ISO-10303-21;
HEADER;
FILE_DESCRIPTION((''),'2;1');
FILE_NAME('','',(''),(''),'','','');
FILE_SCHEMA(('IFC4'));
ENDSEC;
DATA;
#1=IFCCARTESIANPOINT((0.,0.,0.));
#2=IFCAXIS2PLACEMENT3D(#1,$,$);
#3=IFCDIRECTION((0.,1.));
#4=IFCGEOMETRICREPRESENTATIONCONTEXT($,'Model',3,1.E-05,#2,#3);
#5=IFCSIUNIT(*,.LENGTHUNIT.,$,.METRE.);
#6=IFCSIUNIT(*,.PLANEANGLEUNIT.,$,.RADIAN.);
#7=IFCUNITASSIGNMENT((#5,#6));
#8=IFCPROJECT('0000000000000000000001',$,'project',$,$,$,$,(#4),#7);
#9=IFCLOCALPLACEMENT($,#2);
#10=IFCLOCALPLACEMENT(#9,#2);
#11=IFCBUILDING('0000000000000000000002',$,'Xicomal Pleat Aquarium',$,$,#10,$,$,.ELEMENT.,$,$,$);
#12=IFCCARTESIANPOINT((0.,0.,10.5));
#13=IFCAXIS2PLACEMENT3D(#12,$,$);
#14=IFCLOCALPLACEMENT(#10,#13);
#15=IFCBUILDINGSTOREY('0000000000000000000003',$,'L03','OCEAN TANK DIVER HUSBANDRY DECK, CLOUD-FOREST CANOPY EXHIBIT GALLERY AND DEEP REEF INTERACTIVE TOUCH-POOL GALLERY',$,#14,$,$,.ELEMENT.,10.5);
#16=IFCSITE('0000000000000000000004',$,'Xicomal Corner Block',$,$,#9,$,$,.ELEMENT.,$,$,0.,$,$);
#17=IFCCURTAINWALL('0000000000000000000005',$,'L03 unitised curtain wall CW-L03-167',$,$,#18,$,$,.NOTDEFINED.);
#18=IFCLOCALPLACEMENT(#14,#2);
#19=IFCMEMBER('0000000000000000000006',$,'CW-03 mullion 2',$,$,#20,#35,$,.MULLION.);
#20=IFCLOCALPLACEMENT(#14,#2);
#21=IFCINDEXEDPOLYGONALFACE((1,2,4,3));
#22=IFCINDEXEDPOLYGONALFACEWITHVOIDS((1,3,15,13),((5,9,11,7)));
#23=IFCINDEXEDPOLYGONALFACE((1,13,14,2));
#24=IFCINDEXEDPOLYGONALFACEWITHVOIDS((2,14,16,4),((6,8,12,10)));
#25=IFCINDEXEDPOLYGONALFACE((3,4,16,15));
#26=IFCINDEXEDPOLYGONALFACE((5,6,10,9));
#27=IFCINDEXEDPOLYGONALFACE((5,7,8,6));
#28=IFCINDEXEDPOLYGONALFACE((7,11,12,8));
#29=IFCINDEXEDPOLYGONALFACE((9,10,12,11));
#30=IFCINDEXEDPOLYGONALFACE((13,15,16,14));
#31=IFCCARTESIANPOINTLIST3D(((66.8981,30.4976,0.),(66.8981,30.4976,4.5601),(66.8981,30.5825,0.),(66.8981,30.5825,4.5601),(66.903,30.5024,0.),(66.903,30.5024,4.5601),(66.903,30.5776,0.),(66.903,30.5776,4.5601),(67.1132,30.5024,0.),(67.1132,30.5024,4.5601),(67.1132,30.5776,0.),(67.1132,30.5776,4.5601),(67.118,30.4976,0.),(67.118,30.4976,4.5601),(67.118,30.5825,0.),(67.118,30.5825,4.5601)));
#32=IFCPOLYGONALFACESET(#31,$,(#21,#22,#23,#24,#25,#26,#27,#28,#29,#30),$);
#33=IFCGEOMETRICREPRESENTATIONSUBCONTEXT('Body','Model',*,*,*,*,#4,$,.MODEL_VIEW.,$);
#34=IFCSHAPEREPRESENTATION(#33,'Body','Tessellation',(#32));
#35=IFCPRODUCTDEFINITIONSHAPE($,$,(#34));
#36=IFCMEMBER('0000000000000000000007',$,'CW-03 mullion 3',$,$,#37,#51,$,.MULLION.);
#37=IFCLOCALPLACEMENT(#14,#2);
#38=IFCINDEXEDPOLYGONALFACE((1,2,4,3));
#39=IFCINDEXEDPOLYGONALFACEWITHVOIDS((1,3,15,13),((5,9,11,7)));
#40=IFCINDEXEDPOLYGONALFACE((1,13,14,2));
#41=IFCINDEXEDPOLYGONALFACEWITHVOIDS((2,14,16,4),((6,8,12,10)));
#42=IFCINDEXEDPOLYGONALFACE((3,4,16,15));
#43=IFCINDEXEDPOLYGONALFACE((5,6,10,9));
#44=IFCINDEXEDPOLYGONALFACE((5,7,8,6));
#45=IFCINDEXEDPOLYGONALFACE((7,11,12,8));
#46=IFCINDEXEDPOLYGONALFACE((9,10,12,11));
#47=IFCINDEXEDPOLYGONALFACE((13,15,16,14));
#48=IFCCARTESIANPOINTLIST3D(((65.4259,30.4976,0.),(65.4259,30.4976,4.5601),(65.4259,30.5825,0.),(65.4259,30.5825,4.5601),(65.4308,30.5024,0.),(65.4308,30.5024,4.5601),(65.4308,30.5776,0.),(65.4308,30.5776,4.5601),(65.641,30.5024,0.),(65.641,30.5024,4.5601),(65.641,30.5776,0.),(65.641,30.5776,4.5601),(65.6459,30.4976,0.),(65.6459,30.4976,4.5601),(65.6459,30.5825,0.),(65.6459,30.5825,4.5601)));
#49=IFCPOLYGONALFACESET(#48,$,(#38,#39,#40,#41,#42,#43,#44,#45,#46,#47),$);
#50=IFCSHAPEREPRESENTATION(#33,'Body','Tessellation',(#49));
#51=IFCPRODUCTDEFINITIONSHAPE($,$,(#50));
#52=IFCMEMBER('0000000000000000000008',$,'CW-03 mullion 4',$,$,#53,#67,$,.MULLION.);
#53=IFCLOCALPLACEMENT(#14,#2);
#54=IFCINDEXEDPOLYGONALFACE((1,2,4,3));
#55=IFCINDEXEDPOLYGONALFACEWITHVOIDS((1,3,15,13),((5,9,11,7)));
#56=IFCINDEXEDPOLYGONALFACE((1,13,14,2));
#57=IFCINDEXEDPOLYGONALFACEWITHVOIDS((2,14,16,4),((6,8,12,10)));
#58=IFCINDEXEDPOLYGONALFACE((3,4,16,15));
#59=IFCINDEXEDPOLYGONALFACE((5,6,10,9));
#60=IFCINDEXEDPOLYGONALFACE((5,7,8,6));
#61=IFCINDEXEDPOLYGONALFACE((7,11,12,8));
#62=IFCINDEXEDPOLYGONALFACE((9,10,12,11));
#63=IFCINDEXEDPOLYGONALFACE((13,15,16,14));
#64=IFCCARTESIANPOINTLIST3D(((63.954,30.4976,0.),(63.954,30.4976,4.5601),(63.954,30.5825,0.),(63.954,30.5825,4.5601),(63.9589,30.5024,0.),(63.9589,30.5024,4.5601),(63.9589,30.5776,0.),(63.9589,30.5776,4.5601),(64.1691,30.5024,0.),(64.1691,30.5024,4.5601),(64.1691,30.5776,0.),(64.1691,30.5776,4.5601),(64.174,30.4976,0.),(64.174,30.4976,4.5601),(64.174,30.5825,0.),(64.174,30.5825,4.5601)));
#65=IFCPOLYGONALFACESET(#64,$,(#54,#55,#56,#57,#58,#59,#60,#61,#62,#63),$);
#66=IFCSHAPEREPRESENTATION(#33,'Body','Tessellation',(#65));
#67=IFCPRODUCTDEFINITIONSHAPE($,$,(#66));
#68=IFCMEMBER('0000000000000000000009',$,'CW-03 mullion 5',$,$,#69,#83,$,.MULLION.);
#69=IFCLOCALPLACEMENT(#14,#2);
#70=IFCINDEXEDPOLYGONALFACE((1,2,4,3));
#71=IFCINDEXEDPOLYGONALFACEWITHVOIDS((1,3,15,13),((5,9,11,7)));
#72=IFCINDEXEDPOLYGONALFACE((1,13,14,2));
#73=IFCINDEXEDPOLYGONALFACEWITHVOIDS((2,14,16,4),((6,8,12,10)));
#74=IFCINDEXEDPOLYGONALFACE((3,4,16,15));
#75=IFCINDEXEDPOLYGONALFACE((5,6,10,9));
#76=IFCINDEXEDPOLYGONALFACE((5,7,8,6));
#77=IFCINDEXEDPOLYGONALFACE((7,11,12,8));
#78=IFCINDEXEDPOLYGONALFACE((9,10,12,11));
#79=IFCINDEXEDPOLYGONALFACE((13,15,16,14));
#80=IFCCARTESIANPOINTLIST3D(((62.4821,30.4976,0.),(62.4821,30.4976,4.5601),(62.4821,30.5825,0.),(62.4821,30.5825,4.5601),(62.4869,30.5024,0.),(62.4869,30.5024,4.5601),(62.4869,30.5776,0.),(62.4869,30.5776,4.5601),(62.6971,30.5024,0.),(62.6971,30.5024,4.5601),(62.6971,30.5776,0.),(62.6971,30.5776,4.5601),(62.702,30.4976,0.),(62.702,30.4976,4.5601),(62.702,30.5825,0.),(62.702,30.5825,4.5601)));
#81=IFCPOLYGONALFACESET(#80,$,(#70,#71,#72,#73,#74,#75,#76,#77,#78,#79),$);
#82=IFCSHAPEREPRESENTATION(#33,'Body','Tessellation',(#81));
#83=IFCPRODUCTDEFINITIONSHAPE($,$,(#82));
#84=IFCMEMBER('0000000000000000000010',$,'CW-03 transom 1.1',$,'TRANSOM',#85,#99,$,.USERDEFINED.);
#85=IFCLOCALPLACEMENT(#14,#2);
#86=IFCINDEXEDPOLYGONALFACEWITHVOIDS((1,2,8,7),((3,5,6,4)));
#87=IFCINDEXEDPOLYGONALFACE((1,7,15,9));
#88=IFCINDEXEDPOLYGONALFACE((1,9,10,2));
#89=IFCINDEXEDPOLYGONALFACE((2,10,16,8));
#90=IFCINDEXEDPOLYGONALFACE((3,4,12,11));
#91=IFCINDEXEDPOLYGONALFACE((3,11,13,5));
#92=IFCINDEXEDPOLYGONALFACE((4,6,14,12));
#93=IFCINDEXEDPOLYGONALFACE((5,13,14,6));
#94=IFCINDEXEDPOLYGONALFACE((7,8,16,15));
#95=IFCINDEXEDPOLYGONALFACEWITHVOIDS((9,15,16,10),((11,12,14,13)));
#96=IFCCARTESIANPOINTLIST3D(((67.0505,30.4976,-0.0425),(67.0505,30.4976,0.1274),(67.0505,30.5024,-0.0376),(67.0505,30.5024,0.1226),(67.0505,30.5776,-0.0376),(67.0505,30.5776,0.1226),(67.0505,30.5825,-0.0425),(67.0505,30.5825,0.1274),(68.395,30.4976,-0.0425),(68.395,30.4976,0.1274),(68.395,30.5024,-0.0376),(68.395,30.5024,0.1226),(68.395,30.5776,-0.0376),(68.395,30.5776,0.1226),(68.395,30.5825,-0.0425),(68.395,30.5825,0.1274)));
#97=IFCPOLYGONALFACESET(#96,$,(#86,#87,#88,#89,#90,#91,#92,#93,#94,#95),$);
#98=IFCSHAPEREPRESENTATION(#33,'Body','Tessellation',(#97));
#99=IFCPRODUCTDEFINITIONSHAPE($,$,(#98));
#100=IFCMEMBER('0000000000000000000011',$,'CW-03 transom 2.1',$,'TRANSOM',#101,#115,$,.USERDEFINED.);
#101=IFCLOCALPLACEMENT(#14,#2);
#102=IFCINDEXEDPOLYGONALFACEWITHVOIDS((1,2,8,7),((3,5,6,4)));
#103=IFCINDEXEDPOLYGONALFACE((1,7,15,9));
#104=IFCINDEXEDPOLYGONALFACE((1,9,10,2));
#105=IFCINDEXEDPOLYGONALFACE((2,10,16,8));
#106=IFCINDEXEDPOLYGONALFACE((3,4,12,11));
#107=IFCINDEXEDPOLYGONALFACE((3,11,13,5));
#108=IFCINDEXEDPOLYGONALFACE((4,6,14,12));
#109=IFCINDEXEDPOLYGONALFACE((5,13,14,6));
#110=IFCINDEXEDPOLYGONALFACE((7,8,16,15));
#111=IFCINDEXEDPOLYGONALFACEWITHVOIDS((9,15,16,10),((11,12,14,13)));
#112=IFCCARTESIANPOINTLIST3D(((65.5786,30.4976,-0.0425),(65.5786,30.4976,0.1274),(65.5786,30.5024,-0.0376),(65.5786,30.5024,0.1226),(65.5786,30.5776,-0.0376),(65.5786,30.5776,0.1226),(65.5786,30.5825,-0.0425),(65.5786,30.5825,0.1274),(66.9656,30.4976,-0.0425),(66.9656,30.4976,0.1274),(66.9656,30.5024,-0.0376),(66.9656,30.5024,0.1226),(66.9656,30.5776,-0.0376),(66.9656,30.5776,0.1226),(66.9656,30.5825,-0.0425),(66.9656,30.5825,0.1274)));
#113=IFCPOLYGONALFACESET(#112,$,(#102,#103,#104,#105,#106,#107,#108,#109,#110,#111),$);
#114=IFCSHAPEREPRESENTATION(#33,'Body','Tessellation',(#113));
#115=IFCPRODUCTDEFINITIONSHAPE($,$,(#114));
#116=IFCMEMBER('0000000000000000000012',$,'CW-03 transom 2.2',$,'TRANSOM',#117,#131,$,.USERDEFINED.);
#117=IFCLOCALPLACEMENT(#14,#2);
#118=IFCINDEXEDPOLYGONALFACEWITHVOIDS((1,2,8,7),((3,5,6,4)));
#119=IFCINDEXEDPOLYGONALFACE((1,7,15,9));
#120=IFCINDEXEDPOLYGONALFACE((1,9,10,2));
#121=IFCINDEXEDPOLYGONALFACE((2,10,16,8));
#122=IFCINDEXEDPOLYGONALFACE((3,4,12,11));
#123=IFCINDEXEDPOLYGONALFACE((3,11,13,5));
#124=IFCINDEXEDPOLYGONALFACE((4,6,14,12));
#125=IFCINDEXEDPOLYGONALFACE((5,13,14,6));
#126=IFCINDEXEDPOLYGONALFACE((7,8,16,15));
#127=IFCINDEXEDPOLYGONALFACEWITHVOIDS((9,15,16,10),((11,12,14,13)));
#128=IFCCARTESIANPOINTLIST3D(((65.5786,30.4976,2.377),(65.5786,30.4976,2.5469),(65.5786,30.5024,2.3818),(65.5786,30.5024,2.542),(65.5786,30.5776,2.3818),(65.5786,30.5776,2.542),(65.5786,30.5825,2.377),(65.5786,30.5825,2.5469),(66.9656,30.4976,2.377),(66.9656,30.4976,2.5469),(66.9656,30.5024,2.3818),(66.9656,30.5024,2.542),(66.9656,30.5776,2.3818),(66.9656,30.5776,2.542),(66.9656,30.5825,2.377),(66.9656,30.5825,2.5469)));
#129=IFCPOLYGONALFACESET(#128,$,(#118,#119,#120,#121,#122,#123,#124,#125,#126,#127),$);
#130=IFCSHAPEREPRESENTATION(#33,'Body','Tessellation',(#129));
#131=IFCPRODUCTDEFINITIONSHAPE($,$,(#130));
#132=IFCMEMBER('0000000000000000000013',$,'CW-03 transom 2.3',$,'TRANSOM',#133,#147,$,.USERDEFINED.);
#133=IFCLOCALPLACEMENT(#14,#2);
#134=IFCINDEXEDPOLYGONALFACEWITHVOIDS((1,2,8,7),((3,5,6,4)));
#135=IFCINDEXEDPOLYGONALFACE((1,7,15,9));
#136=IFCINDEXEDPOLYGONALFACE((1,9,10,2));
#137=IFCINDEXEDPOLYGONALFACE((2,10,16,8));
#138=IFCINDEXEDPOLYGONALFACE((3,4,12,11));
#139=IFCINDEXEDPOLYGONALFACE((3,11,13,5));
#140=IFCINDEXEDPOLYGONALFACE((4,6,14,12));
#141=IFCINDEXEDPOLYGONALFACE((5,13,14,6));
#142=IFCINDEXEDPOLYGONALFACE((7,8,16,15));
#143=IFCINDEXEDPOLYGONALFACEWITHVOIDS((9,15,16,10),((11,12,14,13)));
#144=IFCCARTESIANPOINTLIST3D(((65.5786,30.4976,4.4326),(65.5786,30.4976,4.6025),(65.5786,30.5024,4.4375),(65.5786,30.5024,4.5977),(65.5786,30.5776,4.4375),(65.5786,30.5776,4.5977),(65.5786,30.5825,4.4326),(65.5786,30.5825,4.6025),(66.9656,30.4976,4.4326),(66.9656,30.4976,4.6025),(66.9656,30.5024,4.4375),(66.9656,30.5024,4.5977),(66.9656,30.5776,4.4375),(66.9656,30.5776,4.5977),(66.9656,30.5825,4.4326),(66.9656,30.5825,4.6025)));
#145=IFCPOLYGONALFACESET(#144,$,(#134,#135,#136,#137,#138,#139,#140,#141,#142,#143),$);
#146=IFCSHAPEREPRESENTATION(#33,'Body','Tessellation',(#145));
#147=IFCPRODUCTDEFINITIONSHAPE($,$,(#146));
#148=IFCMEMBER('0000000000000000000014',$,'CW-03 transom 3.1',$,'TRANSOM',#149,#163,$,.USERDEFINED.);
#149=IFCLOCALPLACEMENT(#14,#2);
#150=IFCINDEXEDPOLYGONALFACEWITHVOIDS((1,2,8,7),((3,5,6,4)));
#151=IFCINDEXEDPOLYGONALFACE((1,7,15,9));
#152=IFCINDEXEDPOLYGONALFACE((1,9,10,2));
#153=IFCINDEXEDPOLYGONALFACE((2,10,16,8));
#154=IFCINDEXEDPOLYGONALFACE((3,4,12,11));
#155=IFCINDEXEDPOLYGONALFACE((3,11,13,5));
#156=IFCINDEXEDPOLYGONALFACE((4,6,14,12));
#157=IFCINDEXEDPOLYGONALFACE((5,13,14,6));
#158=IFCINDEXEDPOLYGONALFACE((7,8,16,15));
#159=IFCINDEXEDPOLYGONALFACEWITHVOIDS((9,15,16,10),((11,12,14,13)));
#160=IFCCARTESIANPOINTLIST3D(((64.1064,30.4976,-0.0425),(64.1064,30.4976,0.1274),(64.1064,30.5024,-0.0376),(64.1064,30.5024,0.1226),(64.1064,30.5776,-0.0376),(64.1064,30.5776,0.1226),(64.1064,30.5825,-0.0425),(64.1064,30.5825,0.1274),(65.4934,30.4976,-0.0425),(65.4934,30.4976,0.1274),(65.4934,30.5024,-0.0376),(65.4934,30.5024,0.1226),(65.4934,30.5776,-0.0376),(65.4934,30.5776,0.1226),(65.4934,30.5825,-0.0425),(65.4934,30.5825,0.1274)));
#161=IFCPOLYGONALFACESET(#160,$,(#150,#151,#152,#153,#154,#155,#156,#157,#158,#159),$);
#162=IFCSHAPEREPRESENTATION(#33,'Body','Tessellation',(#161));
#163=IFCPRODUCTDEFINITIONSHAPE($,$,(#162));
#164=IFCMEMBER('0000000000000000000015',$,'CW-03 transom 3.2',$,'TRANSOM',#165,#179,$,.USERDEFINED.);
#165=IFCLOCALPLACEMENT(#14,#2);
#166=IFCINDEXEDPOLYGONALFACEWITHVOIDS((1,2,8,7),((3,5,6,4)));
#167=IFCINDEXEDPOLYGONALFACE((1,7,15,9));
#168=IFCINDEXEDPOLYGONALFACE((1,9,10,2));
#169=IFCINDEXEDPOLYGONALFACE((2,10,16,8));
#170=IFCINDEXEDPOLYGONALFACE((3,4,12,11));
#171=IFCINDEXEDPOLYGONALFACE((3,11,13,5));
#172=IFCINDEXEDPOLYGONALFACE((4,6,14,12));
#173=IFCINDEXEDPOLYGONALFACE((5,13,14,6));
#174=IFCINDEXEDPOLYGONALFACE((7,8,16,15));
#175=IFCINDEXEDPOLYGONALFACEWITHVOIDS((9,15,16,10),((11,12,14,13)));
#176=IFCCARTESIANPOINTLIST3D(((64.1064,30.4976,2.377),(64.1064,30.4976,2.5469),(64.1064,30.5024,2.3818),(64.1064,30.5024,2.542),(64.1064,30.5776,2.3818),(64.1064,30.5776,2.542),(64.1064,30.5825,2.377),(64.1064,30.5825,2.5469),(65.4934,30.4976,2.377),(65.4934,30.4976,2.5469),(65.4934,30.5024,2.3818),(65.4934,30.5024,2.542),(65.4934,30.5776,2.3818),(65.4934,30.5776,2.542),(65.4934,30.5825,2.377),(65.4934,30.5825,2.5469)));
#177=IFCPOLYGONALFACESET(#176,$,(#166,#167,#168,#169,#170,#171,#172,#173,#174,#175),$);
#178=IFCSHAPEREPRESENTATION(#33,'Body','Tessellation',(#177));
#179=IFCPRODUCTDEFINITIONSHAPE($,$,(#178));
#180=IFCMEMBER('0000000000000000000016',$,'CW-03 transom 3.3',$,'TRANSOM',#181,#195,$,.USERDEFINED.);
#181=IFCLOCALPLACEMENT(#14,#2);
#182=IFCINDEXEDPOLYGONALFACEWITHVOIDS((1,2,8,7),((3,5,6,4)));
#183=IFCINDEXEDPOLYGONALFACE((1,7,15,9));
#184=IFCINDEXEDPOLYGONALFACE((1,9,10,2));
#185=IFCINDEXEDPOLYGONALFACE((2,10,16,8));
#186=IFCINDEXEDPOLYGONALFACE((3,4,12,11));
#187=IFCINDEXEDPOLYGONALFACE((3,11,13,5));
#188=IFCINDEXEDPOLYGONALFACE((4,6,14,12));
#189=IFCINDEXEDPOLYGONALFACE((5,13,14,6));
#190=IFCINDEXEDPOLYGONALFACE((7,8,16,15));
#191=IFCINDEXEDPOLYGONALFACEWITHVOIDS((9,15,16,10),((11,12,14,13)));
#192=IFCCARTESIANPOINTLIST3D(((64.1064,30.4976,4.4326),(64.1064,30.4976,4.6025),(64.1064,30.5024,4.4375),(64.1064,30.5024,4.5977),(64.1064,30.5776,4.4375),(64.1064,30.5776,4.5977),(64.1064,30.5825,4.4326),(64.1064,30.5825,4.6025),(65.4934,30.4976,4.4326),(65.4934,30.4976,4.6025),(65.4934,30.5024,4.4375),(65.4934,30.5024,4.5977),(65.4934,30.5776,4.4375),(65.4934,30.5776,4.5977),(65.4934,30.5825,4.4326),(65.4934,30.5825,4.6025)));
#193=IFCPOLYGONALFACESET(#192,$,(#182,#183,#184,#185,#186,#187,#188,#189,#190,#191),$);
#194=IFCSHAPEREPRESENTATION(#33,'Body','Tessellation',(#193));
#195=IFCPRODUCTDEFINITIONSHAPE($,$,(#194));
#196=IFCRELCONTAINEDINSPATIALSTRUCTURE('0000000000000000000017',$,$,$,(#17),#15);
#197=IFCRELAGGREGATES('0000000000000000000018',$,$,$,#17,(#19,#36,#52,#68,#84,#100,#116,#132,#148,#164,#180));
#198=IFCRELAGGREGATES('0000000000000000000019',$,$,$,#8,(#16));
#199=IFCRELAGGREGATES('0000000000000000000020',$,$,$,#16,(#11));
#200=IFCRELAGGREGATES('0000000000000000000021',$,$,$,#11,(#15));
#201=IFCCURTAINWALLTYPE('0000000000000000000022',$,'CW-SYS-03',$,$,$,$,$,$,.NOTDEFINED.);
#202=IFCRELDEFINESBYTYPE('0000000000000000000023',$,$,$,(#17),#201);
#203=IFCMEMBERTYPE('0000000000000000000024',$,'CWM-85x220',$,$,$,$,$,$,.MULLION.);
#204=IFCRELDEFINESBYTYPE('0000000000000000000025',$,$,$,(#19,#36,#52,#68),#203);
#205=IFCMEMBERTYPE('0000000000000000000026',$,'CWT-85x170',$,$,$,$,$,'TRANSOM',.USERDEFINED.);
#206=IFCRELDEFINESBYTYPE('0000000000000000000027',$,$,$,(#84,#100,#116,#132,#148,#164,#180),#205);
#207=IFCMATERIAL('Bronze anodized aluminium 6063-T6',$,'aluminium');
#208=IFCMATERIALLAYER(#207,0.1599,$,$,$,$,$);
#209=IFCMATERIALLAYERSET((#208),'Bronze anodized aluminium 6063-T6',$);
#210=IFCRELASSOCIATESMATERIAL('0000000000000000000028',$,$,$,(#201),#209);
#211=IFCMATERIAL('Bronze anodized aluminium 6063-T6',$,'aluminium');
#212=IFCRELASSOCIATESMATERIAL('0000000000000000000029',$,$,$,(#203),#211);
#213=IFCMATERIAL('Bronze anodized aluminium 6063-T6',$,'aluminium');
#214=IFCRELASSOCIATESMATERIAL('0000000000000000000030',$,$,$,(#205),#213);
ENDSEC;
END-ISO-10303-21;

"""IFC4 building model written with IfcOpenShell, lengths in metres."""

from ifc_helpers import new_model, si_unit, direction, frame, origin, origin_2d, place, context, subcontext, project, spatial, hollow_rectangle, extrude, material, layer, layer_set, material_profile, profile_set, type_object, element, aggregate, save


model = new_model("IFC4")

# Units and contexts
model_context = context("Model", 3, precision=1e-05, world=origin(), true_north=direction((0.0, 1.0)))
body_context = subcontext(model_context, "Body", "Model", "MODEL_VIEW")
ifc_project = project(units=[si_unit("LENGTHUNIT", "METRE"), si_unit("PLANEANGLEUNIT", "RADIAN")], contexts=[model_context])

# Site, building, storey
site_placement = place(None, origin())
site = spatial("IfcSite", under=ifc_project, at=site_placement, Name="Xicomal Corner Block", CompositionType="ELEMENT", RefElevation=0.0)
building_placement = place(site_placement, origin())
building = spatial("IfcBuilding", under=site, at=building_placement, Name="Xicomal Pleat Aquarium", CompositionType="ELEMENT")
storey_placement = place(building_placement, frame((0.0, 0.0, 10.5)))
storey = spatial("IfcBuildingStorey", under=building, at=storey_placement, Name="L03", Description="OCEAN TANK DIVER HUSBANDRY DECK, CLOUD-FOREST CANOPY EXHIBIT GALLERY AND DEEP REEF INTERACTIVE TOUCH-POOL GALLERY", CompositionType="ELEMENT", Elevation=10.5)

# Curtain wall, members
ifc_material_1 = material(Name="Bronze anodized aluminium 6063-T6", Category="aluminium")
ifc_layer_1 = layer(ifc_material_1, 0.1599)
ifc_layer_set_1 = layer_set([ifc_layer_1], Name="Bronze anodized aluminium 6063-T6")
curtain_wall_type = type_object("IfcCurtainWallType", Name="CW-SYS-03", PredefinedType="NOTDEFINED", material=ifc_layer_set_1)
curtain_wall_placement = place(storey_placement, origin())
curtain_wall = element("IfcCurtainWall", 1, at=curtain_wall_placement, inside=storey, type_object=curtain_wall_type, Name="L03 unitised curtain wall CW-L03-167", PredefinedType="NOTDEFINED")
ifc_material_2 = material(Name="Bronze anodized aluminium 6063-T6", Category="aluminium")
ifc_material_profile_1 = material_profile(ifc_material_2, hollow_rectangle(XDim=0.085, YDim=0.22, WallThickness=0.0049, at=origin_2d()), Name="ALU MULL 85x220")
ifc_profile_set_1 = profile_set([ifc_material_profile_1], Name="Bronze anodized aluminium 6063-T6")
member_type_1 = type_object("IfcMemberType", Name="CWM-85x220", PredefinedType="MULLION", material=ifc_profile_set_1)
member_1_placement = place(storey_placement, frame((67.0081, 30.54, 0.0), z_axis=(0.0, 0.0, 1.0), x_axis=(0.0, -1.0, 0.0)))
member_1 = element("IfcMember", 2, at=member_1_placement, type_object=member_type_1, Name="CW-03 mullion 2", PredefinedType="MULLION", context=body_context, shape_type="SweptSolid", body=[
    extrude(hollow_rectangle(XDim=0.085, YDim=0.22, WallThickness=0.0049, at=origin_2d()), origin(), (0.0, 0.0, 1.0), 4.5601),
])
member_2_placement = place(storey_placement, frame((65.5359, 30.54, 0.0), z_axis=(0.0, 0.0, 1.0), x_axis=(0.0, -1.0, 0.0)))
member_2 = element("IfcMember", 3, at=member_2_placement, type_object=member_type_1, Name="CW-03 mullion 3", PredefinedType="MULLION", context=body_context, shape_type="SweptSolid", body=[
    extrude(hollow_rectangle(XDim=0.085, YDim=0.22, WallThickness=0.0049, at=origin_2d()), origin(), (0.0, 0.0, 1.0), 4.5601),
])
member_3_placement = place(storey_placement, frame((64.064, 30.54, 0.0), z_axis=(0.0, 0.0, 1.0), x_axis=(0.0, -1.0, 0.0)))
member_3 = element("IfcMember", 4, at=member_3_placement, type_object=member_type_1, Name="CW-03 mullion 4", PredefinedType="MULLION", context=body_context, shape_type="SweptSolid", body=[
    extrude(hollow_rectangle(XDim=0.085, YDim=0.22, WallThickness=0.0049, at=origin_2d()), origin(), (0.0, 0.0, 1.0), 4.5601),
])
member_4_placement = place(storey_placement, frame((62.592, 30.54, 0.0), z_axis=(0.0, 0.0, 1.0), x_axis=(0.0, -1.0, 0.0)))
member_4 = element("IfcMember", 5, at=member_4_placement, type_object=member_type_1, Name="CW-03 mullion 5", PredefinedType="MULLION", context=body_context, shape_type="SweptSolid", body=[
    extrude(hollow_rectangle(XDim=0.085, YDim=0.22, WallThickness=0.0049, at=origin_2d()), origin(), (0.0, 0.0, 1.0), 4.5601),
])
ifc_material_3 = material(Name="Bronze anodized aluminium 6063-T6", Category="aluminium")
ifc_material_profile_2 = material_profile(ifc_material_3, hollow_rectangle(XDim=0.085, YDim=0.1699, WallThickness=0.0049, at=origin_2d()), Name="ALU TRAN 85x170")
ifc_profile_set_2 = profile_set([ifc_material_profile_2], Name="Bronze anodized aluminium 6063-T6")
member_type_2 = type_object("IfcMemberType", Name="CWT-85x170", ElementType="TRANSOM", PredefinedType="USERDEFINED", material=ifc_profile_set_2)
member_5_placement = place(storey_placement, frame((68.395, 30.54, 0.0425), z_axis=(-1.0, 0.0, 0.0), x_axis=(0.0, -1.0, 0.0)))
member_5 = element("IfcMember", 6, at=member_5_placement, type_object=member_type_2, Name="CW-03 transom 1.1", ObjectType="TRANSOM", PredefinedType="USERDEFINED", context=body_context, shape_type="SweptSolid", body=[
    extrude(hollow_rectangle(XDim=0.085, YDim=0.1699, WallThickness=0.0049, at=origin_2d()), origin(), (0.0, 0.0, 1.0), 1.3445),
])
member_6_placement = place(storey_placement, frame((66.9656, 30.54, 0.0425), z_axis=(-1.0, 0.0, 0.0), x_axis=(0.0, -1.0, 0.0)))
member_6 = element("IfcMember", 7, at=member_6_placement, type_object=member_type_2, Name="CW-03 transom 2.1", ObjectType="TRANSOM", PredefinedType="USERDEFINED", context=body_context, shape_type="SweptSolid", body=[
    extrude(hollow_rectangle(XDim=0.085, YDim=0.1699, WallThickness=0.0049, at=origin_2d()), origin(), (0.0, 0.0, 1.0), 1.387),
])
member_7_placement = place(storey_placement, frame((66.9656, 30.54, 2.4619), z_axis=(-1.0, 0.0, 0.0), x_axis=(0.0, -1.0, 0.0)))
member_7 = element("IfcMember", 8, at=member_7_placement, type_object=member_type_2, Name="CW-03 transom 2.2", ObjectType="TRANSOM", PredefinedType="USERDEFINED", context=body_context, shape_type="SweptSolid", body=[
    extrude(hollow_rectangle(XDim=0.085, YDim=0.1699, WallThickness=0.0049, at=origin_2d()), origin(), (0.0, 0.0, 1.0), 1.387),
])
member_8_placement = place(storey_placement, frame((66.9656, 30.54, 4.5176), z_axis=(-1.0, 0.0, 0.0), x_axis=(0.0, -1.0, 0.0)))
member_8 = element("IfcMember", 9, at=member_8_placement, type_object=member_type_2, Name="CW-03 transom 2.3", ObjectType="TRANSOM", PredefinedType="USERDEFINED", context=body_context, shape_type="SweptSolid", body=[
    extrude(hollow_rectangle(XDim=0.085, YDim=0.1699, WallThickness=0.0049, at=origin_2d()), origin(), (0.0, 0.0, 1.0), 1.387),
])
member_9_placement = place(storey_placement, frame((65.4934, 30.54, 0.0425), z_axis=(-1.0, 0.0, 0.0), x_axis=(0.0, -1.0, 0.0)))
member_9 = element("IfcMember", 10, at=member_9_placement, type_object=member_type_2, Name="CW-03 transom 3.1", ObjectType="TRANSOM", PredefinedType="USERDEFINED", context=body_context, shape_type="SweptSolid", body=[
    extrude(hollow_rectangle(XDim=0.085, YDim=0.1699, WallThickness=0.0049, at=origin_2d()), origin(), (0.0, 0.0, 1.0), 1.387),
])
member_10_placement = place(storey_placement, frame((65.4934, 30.54, 2.4619), z_axis=(-1.0, 0.0, 0.0), x_axis=(0.0, -1.0, 0.0)))
member_10 = element("IfcMember", 11, at=member_10_placement, type_object=member_type_2, Name="CW-03 transom 3.2", ObjectType="TRANSOM", PredefinedType="USERDEFINED", context=body_context, shape_type="SweptSolid", body=[
    extrude(hollow_rectangle(XDim=0.085, YDim=0.1699, WallThickness=0.0049, at=origin_2d()), origin(), (0.0, 0.0, 1.0), 1.387),
])
member_11_placement = place(storey_placement, frame((65.4934, 30.54, 4.5176), z_axis=(-1.0, 0.0, 0.0), x_axis=(0.0, -1.0, 0.0)))
member_11 = element("IfcMember", 12, at=member_11_placement, type_object=member_type_2, Name="CW-03 transom 3.3", ObjectType="TRANSOM", PredefinedType="USERDEFINED", context=body_context, shape_type="SweptSolid", body=[
    extrude(hollow_rectangle(XDim=0.085, YDim=0.1699, WallThickness=0.0049, at=origin_2d()), origin(), (0.0, 0.0, 1.0), 1.387),
])
aggregate(curtain_wall, [member_1, member_2, member_3, member_4, member_5, member_6, member_7, member_8, member_9, member_10, member_11])

save(model, "model.ifc")
